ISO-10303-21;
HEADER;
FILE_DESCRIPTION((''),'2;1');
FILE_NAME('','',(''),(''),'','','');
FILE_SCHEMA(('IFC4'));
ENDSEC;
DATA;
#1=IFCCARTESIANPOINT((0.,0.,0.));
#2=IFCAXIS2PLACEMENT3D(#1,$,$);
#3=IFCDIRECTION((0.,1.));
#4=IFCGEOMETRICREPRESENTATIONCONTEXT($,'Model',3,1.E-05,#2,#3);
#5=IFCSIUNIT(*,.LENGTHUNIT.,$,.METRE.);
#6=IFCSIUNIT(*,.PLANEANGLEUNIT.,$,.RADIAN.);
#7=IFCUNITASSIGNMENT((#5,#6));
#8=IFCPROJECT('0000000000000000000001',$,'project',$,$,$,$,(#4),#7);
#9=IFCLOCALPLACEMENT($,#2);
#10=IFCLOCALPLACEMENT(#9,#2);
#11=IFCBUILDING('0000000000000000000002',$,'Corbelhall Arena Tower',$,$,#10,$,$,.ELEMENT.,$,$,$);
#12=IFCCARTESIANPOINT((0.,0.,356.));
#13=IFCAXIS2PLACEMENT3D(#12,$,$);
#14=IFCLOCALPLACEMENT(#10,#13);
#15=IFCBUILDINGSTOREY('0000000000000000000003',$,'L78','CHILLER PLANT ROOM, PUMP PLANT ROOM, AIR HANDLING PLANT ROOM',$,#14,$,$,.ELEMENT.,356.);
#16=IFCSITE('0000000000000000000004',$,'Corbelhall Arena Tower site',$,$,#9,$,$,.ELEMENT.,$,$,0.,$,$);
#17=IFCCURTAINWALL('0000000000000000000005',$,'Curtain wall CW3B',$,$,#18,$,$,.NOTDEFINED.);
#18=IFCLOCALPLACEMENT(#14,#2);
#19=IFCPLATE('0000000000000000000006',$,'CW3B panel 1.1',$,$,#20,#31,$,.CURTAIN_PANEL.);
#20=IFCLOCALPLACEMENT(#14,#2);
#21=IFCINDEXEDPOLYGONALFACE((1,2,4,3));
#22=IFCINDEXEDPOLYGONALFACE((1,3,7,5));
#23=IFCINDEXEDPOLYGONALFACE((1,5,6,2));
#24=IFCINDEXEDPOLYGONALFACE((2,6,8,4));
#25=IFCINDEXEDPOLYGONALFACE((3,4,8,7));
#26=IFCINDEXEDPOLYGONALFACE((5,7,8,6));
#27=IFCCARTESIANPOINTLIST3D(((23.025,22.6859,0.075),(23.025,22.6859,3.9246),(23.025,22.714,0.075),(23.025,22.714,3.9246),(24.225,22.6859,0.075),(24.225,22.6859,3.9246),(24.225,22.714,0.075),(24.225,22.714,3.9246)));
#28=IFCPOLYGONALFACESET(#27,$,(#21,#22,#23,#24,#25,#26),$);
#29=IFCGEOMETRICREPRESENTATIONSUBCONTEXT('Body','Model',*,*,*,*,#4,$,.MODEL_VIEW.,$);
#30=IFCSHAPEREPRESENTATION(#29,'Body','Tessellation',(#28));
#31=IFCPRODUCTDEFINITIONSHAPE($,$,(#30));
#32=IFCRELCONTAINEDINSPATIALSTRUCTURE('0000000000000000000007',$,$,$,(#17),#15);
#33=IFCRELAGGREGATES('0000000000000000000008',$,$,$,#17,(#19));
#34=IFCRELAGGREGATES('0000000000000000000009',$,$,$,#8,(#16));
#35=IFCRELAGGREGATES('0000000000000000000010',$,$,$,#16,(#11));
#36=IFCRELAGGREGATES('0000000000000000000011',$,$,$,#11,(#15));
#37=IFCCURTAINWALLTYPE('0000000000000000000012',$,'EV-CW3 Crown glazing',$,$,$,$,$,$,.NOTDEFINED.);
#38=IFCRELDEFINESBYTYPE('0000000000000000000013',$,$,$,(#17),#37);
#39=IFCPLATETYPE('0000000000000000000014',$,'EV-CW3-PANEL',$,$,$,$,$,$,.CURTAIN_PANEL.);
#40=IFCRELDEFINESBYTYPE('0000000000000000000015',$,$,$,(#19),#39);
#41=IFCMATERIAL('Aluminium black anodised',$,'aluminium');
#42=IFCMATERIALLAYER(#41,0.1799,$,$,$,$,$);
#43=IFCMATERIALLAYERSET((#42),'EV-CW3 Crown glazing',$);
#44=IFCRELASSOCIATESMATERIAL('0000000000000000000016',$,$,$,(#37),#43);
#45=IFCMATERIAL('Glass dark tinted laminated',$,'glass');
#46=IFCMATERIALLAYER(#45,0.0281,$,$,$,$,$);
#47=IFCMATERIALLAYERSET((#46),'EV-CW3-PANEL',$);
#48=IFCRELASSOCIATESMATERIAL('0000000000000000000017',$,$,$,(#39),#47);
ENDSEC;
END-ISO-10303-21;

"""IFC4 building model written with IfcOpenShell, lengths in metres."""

from ifc_helpers import new_model, si_unit, direction, frame, origin, origin_2d, place, context, subcontext, project, spatial, rectangle, extrude, material, layer, layer_set, type_object, element, aggregate, save


model = new_model("IFC4")

# Units and contexts
model_context = context("Model", 3, precision=1e-05, world=origin(), true_north=direction((0.0, 1.0)))
body_context = subcontext(model_context, "Body", "Model", "MODEL_VIEW")
ifc_project = project(units=[si_unit("LENGTHUNIT", "METRE"), si_unit("PLANEANGLEUNIT", "RADIAN")], contexts=[model_context])

# Site, building, storey
site_placement = place(None, origin())
site = spatial("IfcSite", under=ifc_project, at=site_placement, Name="Corbelhall Arena Tower site", CompositionType="ELEMENT", RefElevation=0.0)
building_placement = place(site_placement, origin())
building = spatial("IfcBuilding", under=site, at=building_placement, Name="Corbelhall Arena Tower", CompositionType="ELEMENT")
storey_placement = place(building_placement, frame((0.0, 0.0, 356.0)))
storey = spatial("IfcBuildingStorey", under=building, at=storey_placement, Name="L78", Description="CHILLER PLANT ROOM, PUMP PLANT ROOM, AIR HANDLING PLANT ROOM", CompositionType="ELEMENT", Elevation=356.0)

# Curtain wall
ifc_material_1 = material(Name="Aluminium black anodised", Category="aluminium")
ifc_layer_1 = layer(ifc_material_1, 0.1799)
ifc_layer_set_1 = layer_set([ifc_layer_1], Name="EV-CW3 Crown glazing")
curtain_wall_type = type_object("IfcCurtainWallType", Name="EV-CW3 Crown glazing", PredefinedType="NOTDEFINED", material=ifc_layer_set_1)
curtain_wall_1_placement = place(storey_placement, origin())
curtain_wall_1 = element("IfcCurtainWall", 1, at=curtain_wall_1_placement, inside=storey, type_object=curtain_wall_type, Name="Curtain wall CW3B", PredefinedType="NOTDEFINED")

# Plate
ifc_material_2 = material(Name="Glass dark tinted laminated", Category="glass")
ifc_layer_2 = layer(ifc_material_2, 0.0281)
ifc_layer_set_2 = layer_set([ifc_layer_2], Name="EV-CW3-PANEL")
plate_type = type_object("IfcPlateType", Name="EV-CW3-PANEL", PredefinedType="CURTAIN_PANEL", material=ifc_layer_set_2)
plate_1_placement = place(storey_placement, frame((23.625, 22.7, 0.075), z_axis=(0.0, 0.0, 1.0), x_axis=(-1.0, 0.0, 0.0)))
plate_1 = element("IfcPlate", 2, at=plate_1_placement, type_object=plate_type, Name="CW3B panel 1.1", PredefinedType="CURTAIN_PANEL", context=body_context, shape_type="SweptSolid", body=[
    extrude(rectangle(XDim=1.2, YDim=0.0281, at=origin_2d()), origin(), (0.0, 0.0, 1.0), 3.8496),
])
aggregate(curtain_wall_1, [plate_1])

save(model, "model.ifc")
